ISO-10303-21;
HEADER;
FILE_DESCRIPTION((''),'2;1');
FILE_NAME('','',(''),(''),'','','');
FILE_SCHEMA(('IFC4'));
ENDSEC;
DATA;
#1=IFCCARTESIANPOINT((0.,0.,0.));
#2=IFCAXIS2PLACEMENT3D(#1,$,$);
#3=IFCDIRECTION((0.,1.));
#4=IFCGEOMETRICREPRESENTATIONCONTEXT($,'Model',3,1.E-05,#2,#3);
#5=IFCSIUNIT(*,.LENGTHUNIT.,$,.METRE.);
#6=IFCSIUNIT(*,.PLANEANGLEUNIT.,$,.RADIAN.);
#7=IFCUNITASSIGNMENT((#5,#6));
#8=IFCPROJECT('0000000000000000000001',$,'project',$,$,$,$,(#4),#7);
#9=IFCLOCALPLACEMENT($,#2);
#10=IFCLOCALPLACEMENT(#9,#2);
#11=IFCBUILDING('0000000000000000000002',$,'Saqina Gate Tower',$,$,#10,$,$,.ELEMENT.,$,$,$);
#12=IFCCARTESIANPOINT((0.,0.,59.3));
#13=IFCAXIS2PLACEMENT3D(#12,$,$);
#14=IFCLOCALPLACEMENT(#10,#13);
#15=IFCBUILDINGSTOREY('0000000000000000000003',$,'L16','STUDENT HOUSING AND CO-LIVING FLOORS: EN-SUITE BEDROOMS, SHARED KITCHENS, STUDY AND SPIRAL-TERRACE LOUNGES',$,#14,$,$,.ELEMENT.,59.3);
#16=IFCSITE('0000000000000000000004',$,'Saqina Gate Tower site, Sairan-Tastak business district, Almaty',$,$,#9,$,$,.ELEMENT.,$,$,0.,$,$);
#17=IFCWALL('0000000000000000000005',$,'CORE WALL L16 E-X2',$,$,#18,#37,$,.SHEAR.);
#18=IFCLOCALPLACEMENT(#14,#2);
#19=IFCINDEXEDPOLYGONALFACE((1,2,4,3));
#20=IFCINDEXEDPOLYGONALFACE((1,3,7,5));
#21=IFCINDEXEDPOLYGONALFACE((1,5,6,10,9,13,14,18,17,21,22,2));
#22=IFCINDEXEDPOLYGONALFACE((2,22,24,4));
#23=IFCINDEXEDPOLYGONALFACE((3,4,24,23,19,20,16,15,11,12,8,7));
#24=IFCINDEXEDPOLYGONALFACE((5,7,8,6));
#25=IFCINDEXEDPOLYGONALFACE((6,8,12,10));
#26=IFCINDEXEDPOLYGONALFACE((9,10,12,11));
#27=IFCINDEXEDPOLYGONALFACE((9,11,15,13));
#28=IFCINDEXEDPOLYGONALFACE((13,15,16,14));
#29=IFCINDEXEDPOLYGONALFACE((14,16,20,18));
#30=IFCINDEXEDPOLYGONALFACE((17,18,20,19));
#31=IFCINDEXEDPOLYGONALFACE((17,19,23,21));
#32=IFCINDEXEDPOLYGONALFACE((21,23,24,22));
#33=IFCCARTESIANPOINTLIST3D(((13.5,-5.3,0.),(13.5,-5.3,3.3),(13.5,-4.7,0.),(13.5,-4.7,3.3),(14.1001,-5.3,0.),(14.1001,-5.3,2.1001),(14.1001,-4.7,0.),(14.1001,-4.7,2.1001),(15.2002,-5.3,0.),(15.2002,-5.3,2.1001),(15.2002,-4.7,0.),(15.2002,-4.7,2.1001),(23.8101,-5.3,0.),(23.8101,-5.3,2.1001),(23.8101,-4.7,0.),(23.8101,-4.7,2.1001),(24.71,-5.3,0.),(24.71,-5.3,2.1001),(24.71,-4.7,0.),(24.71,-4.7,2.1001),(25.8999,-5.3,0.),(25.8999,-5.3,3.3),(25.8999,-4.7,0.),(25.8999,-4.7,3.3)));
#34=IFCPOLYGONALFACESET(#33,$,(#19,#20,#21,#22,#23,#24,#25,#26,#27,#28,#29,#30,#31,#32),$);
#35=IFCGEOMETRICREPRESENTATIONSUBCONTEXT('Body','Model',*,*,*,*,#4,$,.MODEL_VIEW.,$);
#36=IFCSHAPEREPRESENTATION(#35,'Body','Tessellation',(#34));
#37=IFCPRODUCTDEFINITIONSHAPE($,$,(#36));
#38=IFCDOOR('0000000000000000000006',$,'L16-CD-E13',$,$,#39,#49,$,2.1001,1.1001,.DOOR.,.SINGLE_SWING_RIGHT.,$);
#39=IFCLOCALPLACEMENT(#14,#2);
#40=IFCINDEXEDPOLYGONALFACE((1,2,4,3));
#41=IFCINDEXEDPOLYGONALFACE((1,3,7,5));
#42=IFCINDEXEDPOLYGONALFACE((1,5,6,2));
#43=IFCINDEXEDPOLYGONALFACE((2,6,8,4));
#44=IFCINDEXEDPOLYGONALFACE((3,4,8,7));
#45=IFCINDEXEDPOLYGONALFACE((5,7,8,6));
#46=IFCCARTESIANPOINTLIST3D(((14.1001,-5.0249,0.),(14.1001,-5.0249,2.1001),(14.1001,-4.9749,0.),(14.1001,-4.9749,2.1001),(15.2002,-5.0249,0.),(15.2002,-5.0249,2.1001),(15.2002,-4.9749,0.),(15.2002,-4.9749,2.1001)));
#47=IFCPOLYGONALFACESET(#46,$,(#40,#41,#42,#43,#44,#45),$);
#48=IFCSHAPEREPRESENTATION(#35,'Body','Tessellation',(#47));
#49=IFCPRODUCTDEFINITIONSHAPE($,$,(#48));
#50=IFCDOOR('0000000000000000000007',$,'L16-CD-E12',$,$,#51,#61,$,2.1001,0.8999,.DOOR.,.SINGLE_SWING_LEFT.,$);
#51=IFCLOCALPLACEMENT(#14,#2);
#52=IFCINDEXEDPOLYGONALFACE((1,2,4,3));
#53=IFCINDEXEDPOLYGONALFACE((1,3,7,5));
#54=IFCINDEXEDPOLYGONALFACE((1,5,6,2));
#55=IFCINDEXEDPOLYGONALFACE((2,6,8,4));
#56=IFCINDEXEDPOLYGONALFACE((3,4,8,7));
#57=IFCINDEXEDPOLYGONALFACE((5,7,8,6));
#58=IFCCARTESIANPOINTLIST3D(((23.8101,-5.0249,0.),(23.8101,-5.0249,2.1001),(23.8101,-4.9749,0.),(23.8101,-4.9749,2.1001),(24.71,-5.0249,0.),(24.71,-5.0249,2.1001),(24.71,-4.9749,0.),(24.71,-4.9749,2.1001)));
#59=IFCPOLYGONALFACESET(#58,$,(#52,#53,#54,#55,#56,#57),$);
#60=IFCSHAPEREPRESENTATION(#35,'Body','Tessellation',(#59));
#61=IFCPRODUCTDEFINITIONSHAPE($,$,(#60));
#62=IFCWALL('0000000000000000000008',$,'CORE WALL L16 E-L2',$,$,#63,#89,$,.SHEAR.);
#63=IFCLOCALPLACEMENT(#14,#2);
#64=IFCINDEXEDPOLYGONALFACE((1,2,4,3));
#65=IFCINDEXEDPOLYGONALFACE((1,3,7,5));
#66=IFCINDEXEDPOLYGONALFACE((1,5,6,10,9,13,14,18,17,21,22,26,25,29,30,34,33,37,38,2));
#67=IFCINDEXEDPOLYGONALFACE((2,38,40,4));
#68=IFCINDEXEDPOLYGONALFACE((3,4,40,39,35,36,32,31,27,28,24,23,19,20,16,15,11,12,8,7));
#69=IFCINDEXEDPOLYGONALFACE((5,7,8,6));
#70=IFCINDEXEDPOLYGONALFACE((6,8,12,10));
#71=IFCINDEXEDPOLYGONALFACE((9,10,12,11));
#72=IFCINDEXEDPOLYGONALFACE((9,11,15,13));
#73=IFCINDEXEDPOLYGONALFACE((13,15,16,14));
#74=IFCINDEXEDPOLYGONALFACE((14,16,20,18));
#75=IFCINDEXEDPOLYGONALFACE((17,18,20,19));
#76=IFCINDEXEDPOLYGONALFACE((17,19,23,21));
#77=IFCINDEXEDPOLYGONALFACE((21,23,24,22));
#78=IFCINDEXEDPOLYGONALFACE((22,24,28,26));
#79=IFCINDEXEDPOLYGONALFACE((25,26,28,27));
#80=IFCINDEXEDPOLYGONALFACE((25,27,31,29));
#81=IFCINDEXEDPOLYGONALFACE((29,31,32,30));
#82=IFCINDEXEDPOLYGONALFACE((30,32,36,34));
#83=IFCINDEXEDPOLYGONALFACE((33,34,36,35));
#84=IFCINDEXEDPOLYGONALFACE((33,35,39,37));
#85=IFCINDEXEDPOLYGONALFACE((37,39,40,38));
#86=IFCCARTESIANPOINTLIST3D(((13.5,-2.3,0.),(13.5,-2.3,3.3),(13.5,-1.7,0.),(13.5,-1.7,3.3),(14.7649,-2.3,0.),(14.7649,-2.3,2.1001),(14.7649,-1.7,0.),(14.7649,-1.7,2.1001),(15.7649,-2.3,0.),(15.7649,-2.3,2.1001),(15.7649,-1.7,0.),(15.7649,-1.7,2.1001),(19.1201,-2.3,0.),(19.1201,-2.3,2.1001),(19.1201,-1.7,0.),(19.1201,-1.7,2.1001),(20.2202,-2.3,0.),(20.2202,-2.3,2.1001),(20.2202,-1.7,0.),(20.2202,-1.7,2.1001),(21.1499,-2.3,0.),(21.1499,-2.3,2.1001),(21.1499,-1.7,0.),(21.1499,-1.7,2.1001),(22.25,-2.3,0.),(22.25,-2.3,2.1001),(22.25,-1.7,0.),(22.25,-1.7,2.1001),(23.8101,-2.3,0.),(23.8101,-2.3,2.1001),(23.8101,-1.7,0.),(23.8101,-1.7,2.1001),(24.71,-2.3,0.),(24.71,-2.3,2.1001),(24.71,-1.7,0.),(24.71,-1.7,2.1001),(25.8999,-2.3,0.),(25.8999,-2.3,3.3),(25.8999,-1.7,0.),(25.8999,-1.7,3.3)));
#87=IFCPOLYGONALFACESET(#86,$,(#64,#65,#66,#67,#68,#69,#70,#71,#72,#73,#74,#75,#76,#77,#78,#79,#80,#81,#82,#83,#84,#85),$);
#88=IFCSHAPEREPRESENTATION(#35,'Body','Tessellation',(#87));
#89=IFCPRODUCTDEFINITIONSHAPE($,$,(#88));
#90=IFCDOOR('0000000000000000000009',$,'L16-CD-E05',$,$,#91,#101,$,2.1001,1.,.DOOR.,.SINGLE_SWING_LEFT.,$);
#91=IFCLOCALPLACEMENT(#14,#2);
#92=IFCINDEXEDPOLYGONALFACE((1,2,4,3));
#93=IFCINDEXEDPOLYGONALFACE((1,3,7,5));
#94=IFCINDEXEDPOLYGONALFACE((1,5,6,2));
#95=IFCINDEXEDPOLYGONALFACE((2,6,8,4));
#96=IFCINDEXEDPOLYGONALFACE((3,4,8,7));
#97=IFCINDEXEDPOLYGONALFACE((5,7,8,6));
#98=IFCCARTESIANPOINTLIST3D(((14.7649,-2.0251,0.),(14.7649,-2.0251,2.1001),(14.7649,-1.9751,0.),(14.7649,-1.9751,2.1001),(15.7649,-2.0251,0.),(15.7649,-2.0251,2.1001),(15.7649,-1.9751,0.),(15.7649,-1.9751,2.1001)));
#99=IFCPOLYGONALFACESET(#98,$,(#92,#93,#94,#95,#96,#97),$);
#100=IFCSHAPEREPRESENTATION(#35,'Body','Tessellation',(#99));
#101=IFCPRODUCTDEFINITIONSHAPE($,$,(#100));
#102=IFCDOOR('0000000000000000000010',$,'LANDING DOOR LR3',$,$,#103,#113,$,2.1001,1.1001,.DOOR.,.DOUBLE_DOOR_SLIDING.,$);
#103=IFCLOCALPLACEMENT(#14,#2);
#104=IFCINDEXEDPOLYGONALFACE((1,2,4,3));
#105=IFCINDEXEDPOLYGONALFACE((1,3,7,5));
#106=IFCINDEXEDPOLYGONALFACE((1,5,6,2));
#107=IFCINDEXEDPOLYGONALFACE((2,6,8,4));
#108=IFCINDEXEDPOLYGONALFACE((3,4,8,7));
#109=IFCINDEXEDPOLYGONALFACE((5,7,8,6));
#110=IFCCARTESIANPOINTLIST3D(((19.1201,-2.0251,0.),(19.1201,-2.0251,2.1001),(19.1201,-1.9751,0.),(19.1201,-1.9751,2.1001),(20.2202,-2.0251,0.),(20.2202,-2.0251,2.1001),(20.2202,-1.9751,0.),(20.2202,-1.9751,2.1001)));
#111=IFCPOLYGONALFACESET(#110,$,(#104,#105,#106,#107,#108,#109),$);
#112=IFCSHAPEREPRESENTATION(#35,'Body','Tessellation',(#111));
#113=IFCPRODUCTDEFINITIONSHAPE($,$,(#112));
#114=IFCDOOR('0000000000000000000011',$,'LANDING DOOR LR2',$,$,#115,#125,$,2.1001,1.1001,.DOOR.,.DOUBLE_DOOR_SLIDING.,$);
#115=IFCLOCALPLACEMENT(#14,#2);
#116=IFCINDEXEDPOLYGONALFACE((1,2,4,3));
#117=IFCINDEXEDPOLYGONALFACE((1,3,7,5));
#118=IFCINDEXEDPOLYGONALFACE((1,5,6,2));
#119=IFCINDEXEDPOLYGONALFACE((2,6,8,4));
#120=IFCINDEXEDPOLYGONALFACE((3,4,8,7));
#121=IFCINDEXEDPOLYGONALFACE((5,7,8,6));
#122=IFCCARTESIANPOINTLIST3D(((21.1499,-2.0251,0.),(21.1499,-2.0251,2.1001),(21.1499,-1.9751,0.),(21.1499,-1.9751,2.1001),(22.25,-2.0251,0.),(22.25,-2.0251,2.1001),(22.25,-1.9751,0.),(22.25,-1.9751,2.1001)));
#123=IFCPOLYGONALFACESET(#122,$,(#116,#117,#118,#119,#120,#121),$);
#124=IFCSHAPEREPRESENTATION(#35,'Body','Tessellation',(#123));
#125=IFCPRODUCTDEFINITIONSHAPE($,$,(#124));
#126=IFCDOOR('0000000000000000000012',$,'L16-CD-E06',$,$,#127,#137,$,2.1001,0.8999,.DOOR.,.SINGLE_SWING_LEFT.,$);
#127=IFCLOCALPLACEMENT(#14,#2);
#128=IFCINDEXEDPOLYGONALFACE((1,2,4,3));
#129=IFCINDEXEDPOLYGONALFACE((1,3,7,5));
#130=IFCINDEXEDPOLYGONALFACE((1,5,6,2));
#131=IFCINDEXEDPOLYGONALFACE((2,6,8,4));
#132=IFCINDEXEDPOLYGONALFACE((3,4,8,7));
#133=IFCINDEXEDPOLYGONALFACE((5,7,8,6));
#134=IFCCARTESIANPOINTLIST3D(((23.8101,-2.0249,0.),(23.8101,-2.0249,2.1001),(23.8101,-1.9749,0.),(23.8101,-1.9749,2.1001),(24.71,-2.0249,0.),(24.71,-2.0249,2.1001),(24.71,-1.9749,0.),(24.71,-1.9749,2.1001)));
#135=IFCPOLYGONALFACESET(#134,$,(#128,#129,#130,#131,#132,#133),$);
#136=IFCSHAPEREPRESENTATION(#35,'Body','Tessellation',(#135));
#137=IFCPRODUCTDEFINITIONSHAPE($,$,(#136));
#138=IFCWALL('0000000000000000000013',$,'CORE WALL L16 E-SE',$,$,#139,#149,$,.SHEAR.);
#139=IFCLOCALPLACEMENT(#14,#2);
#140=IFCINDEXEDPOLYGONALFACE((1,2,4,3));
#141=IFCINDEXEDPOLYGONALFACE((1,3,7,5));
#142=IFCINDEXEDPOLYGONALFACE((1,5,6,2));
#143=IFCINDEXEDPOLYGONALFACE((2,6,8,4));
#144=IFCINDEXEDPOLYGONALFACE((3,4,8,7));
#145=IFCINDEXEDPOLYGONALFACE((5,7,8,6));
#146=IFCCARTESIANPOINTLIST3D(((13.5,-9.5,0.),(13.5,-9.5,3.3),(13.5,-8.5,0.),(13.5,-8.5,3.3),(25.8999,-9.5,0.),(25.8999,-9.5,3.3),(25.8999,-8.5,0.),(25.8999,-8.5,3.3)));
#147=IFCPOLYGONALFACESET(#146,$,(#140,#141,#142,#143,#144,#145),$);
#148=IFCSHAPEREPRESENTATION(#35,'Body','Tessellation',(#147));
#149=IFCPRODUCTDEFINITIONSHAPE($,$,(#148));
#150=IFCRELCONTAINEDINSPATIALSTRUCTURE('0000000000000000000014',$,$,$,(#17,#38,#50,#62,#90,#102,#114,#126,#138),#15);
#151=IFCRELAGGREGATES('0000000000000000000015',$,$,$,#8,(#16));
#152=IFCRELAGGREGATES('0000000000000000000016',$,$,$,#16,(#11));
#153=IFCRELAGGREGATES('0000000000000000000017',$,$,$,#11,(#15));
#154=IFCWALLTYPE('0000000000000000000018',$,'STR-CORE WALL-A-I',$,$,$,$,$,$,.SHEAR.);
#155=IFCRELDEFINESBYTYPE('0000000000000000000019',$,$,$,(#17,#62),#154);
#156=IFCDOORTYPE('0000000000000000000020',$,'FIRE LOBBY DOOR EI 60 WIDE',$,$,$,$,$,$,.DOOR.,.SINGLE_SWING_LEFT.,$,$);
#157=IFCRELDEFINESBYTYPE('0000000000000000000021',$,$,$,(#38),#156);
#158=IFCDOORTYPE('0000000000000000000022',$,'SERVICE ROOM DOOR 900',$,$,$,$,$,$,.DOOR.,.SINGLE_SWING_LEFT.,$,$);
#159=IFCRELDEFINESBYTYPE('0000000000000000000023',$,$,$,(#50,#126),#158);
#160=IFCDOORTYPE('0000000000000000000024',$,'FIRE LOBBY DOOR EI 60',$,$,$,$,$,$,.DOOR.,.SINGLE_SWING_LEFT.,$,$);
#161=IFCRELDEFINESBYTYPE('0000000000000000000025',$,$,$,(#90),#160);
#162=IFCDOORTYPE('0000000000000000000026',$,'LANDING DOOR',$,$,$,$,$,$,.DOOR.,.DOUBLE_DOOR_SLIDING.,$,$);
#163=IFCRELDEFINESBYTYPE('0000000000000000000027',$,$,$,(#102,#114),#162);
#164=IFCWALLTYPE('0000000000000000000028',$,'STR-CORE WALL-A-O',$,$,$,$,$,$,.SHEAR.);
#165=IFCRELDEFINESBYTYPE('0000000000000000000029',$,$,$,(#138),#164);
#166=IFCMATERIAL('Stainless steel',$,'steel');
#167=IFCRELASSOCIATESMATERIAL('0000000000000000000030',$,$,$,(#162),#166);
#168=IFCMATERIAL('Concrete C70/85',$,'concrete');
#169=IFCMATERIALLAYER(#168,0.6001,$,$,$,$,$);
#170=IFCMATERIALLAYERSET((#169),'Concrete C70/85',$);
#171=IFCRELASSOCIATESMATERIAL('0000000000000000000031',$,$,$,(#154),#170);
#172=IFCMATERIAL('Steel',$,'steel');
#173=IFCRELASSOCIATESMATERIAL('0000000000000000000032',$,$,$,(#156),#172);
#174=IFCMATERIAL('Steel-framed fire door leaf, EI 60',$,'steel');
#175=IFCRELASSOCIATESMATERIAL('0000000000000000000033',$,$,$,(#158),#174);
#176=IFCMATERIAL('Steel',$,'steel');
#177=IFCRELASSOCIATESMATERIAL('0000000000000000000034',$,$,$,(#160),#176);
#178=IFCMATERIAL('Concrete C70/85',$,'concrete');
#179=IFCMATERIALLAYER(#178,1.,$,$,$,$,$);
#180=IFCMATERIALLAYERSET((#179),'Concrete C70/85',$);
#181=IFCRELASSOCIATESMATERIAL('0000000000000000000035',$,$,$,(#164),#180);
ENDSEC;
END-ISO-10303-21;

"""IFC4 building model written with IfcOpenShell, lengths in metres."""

from ifc_helpers import new_model, si_unit, direction, frame, frame_2d, origin, place, context, subcontext, project, spatial, rectangle, extrude, material, layer, layer_set, type_object, element, fill, save


model = new_model("IFC4")

# Units and contexts
model_context = context("Model", 3, precision=1e-05, world=origin(), true_north=direction((0.0, 1.0)))
body_context = subcontext(model_context, "Body", "Model", "MODEL_VIEW")
ifc_project = project(units=[si_unit("LENGTHUNIT", "METRE"), si_unit("PLANEANGLEUNIT", "RADIAN")], contexts=[model_context])

# Site, building, storey
site_placement = place(None, origin())
site = spatial("IfcSite", under=ifc_project, at=site_placement, Name="Saqina Gate Tower site, Sairan-Tastak business district, Almaty", CompositionType="ELEMENT", RefElevation=0.0)
building_placement = place(site_placement, origin())
building = spatial("IfcBuilding", under=site, at=building_placement, Name="Saqina Gate Tower", CompositionType="ELEMENT")
storey_placement = place(building_placement, frame((0.0, 0.0, 59.3)))
storey = spatial("IfcBuildingStorey", under=building, at=storey_placement, Name="L16", Description="STUDENT HOUSING AND CO-LIVING FLOORS: EN-SUITE BEDROOMS, SHARED KITCHENS, STUDY AND SPIRAL-TERRACE LOUNGES", CompositionType="ELEMENT", Elevation=59.3)

# Shared definitions
ifc_material_1 = material(Name="Stainless steel", Category="steel")
door_type_1 = type_object("IfcDoorType", Name="LANDING DOOR", OperationType="DOUBLE_DOOR_SLIDING", PredefinedType="DOOR", material=ifc_material_1)

# Walls, openings, doors
ifc_material_2 = material(Name="Concrete C70/85", Category="concrete")
ifc_layer_1 = layer(ifc_material_2, 0.6001)
ifc_layer_set_1 = layer_set([ifc_layer_1], Name="Concrete C70/85")
wall_type_1 = type_object("IfcWallType", Name="STR-CORE WALL-A-I", PredefinedType="SHEAR", material=ifc_layer_set_1)
wall_1_placement = place(storey_placement, frame((13.5, -5.0, 0.0), z_axis=(0.0, 0.0, 1.0), x_axis=(1.0, 0.0, 0.0)))
wall_1 = element("IfcWall", 1, at=wall_1_placement, inside=storey, type_object=wall_type_1, Name="CORE WALL L16 E-X2", PredefinedType="SHEAR", context=body_context, shape_type="SweptSolid", body=[
    extrude(rectangle(XDim=12.3999, YDim=0.6001, at=frame_2d((6.2, 0.0))), origin(), (0.0, 0.0, 1.0), 3.3),
])
opening_1_placement = place(wall_1_placement, frame((10.3101, 0.0, 0.0)))
opening_1 = element("IfcOpeningElement", 2, at=opening_1_placement, cuts=wall_1, PredefinedType="OPENING", context=body_context, shape_type="SweptSolid", body=[
    extrude(rectangle(XDim=0.8999, YDim=2.1001, at=frame_2d((0.45, 1.05))), frame((0.0, 0.312, 0.0), z_axis=(0.0, -1.0, 0.0), x_axis=(1.0, 0.0, 0.0)), (0.0, 0.0, 1.0), 0.624),
])
opening_2_placement = place(wall_1_placement, frame((0.6001, 0.0, 0.0)))
opening_2 = element("IfcOpeningElement", 3, at=opening_2_placement, cuts=wall_1, PredefinedType="OPENING", context=body_context, shape_type="SweptSolid", body=[
    extrude(rectangle(XDim=1.1001, YDim=2.1001, at=frame_2d((0.55, 1.05))), frame((0.0, 0.312, 0.0), z_axis=(0.0, -1.0, 0.0), x_axis=(1.0, 0.0, 0.0)), (0.0, 0.0, 1.0), 0.624),
])
ifc_material_3 = material(Name="Steel", Category="steel")
door_type_2 = type_object("IfcDoorType", Name="FIRE LOBBY DOOR EI 60 WIDE", OperationType="SINGLE_SWING_LEFT", PredefinedType="DOOR", material=ifc_material_3)
door_1_placement = place(opening_2_placement, frame((1.1001, 0.0, 0.0), z_axis=(0.0, 0.0, 1.0), x_axis=(-1.0, 0.0, 0.0)))
door_1 = element("IfcDoor", 4, at=door_1_placement, inside=storey, type_object=door_type_2, Name="L16-CD-E13", OperationType="SINGLE_SWING_RIGHT", OverallHeight=2.1001, OverallWidth=1.1001, PredefinedType="DOOR", context=body_context, shape_type="SweptSolid", body=[
    extrude(rectangle(XDim=1.1001, YDim=2.1001, at=frame_2d((0.55, 1.05))), frame((0.0, 0.0249, 0.0), z_axis=(0.0, -1.0, 0.0), x_axis=(1.0, 0.0, 0.0)), (0.0, 0.0, 1.0), 0.05),
])
fill(opening_2, door_1)
ifc_material_4 = material(Name="Steel-framed fire door leaf, EI 60", Category="steel")
door_type_3 = type_object("IfcDoorType", Name="SERVICE ROOM DOOR 900", OperationType="SINGLE_SWING_LEFT", PredefinedType="DOOR", material=ifc_material_4)
door_2_placement = place(opening_1_placement, frame((0.8999, 0.0, 0.0), z_axis=(0.0, 0.0, 1.0), x_axis=(-1.0, 0.0, 0.0)))
door_2 = element("IfcDoor", 5, at=door_2_placement, inside=storey, type_object=door_type_3, Name="L16-CD-E12", OperationType="SINGLE_SWING_LEFT", OverallHeight=2.1001, OverallWidth=0.8999, PredefinedType="DOOR", context=body_context, shape_type="SweptSolid", body=[
    extrude(rectangle(XDim=0.8999, YDim=2.1001, at=frame_2d((0.45, 1.05))), frame((0.0, 0.0249, 0.0), z_axis=(0.0, -1.0, 0.0), x_axis=(1.0, 0.0, 0.0)), (0.0, 0.0, 1.0), 0.05),
])
fill(opening_1, door_2)
wall_2_placement = place(storey_placement, frame((13.5, -2.0, 0.0), z_axis=(0.0, 0.0, 1.0), x_axis=(1.0, 0.0, 0.0)))
wall_2 = element("IfcWall", 6, at=wall_2_placement, inside=storey, type_object=wall_type_1, Name="CORE WALL L16 E-L2", PredefinedType="SHEAR", context=body_context, shape_type="SweptSolid", body=[
    extrude(rectangle(XDim=12.3999, YDim=0.6001, at=frame_2d((6.2, 0.0))), origin(), (0.0, 0.0, 1.0), 3.3),
])
opening_3_placement = place(wall_2_placement, frame((5.6201, 0.0, 0.0)))
opening_3 = element("IfcOpeningElement", 7, at=opening_3_placement, cuts=wall_2, PredefinedType="OPENING", context=body_context, shape_type="SweptSolid", body=[
    extrude(rectangle(XDim=1.1001, YDim=2.1001, at=frame_2d((0.55, 1.05))), frame((0.0, 0.312, 0.0), z_axis=(0.0, -1.0, 0.0), x_axis=(1.0, 0.0, 0.0)), (0.0, 0.0, 1.0), 0.624),
])
opening_4_placement = place(wall_2_placement, frame((7.6499, 0.0, 0.0)))
opening_4 = element("IfcOpeningElement", 8, at=opening_4_placement, cuts=wall_2, PredefinedType="OPENING", context=body_context, shape_type="SweptSolid", body=[
    extrude(rectangle(XDim=1.1001, YDim=2.1001, at=frame_2d((0.55, 1.05))), frame((0.0, 0.312, 0.0), z_axis=(0.0, -1.0, 0.0), x_axis=(1.0, 0.0, 0.0)), (0.0, 0.0, 1.0), 0.624),
])
opening_5_placement = place(wall_2_placement, frame((1.2649, 0.0, 0.0)))
opening_5 = element("IfcOpeningElement", 9, at=opening_5_placement, cuts=wall_2, PredefinedType="OPENING", context=body_context, shape_type="SweptSolid", body=[
    extrude(rectangle(XDim=1.0, YDim=2.1001, at=frame_2d((0.5, 1.05))), frame((0.0, 0.312, 0.0), z_axis=(0.0, -1.0, 0.0), x_axis=(1.0, 0.0, 0.0)), (0.0, 0.0, 1.0), 0.624),
])
opening_6_placement = place(wall_2_placement, frame((10.3101, 0.0, 0.0)))
opening_6 = element("IfcOpeningElement", 10, at=opening_6_placement, cuts=wall_2, PredefinedType="OPENING", context=body_context, shape_type="SweptSolid", body=[
    extrude(rectangle(XDim=0.8999, YDim=2.1001, at=frame_2d((0.45, 1.05))), frame((0.0, 0.312, 0.0), z_axis=(0.0, -1.0, 0.0), x_axis=(1.0, 0.0, 0.0)), (0.0, 0.0, 1.0), 0.624),
])
ifc_material_5 = material(Name="Steel", Category="steel")
door_type_4 = type_object("IfcDoorType", Name="FIRE LOBBY DOOR EI 60", OperationType="SINGLE_SWING_LEFT", PredefinedType="DOOR", material=ifc_material_5)
door_3_placement = place(opening_5_placement, origin())
door_3 = element("IfcDoor", 11, at=door_3_placement, inside=storey, type_object=door_type_4, Name="L16-CD-E05", OperationType="SINGLE_SWING_LEFT", OverallHeight=2.1001, OverallWidth=1.0, PredefinedType="DOOR", context=body_context, shape_type="SweptSolid", body=[
    extrude(rectangle(XDim=1.0, YDim=2.1001, at=frame_2d((0.5, 1.05))), frame((0.0, 0.0249, 0.0), z_axis=(0.0, -1.0, 0.0), x_axis=(1.0, 0.0, 0.0)), (0.0, 0.0, 1.0), 0.05),
])
fill(opening_5, door_3)
door_4_placement = place(opening_3_placement, origin())
door_4 = element("IfcDoor", 12, at=door_4_placement, inside=storey, type_object=door_type_1, Name="LANDING DOOR LR3", OperationType="DOUBLE_DOOR_SLIDING", OverallHeight=2.1001, OverallWidth=1.1001, PredefinedType="DOOR", context=body_context, shape_type="SweptSolid", body=[
    extrude(rectangle(XDim=1.1001, YDim=2.1001, at=frame_2d((0.55, 1.05))), frame((0.0, 0.0249, 0.0), z_axis=(0.0, -1.0, 0.0), x_axis=(1.0, 0.0, 0.0)), (0.0, 0.0, 1.0), 0.05),
])
fill(opening_3, door_4)
door_5_placement = place(opening_4_placement, origin())
door_5 = element("IfcDoor", 13, at=door_5_placement, inside=storey, type_object=door_type_1, Name="LANDING DOOR LR2", OperationType="DOUBLE_DOOR_SLIDING", OverallHeight=2.1001, OverallWidth=1.1001, PredefinedType="DOOR", context=body_context, shape_type="SweptSolid", body=[
    extrude(rectangle(XDim=1.1001, YDim=2.1001, at=frame_2d((0.55, 1.05))), frame((0.0, 0.0249, 0.0), z_axis=(0.0, -1.0, 0.0), x_axis=(1.0, 0.0, 0.0)), (0.0, 0.0, 1.0), 0.05),
])
fill(opening_4, door_5)
door_6_placement = place(opening_6_placement, frame((0.8999, 0.0, 0.0), z_axis=(0.0, 0.0, 1.0), x_axis=(-1.0, 0.0, 0.0)))
door_6 = element("IfcDoor", 14, at=door_6_placement, inside=storey, type_object=door_type_3, Name="L16-CD-E06", OperationType="SINGLE_SWING_LEFT", OverallHeight=2.1001, OverallWidth=0.8999, PredefinedType="DOOR", context=body_context, shape_type="SweptSolid", body=[
    extrude(rectangle(XDim=0.8999, YDim=2.1001, at=frame_2d((0.45, 1.05))), frame((0.0, 0.0249, 0.0), z_axis=(0.0, -1.0, 0.0), x_axis=(1.0, 0.0, 0.0)), (0.0, 0.0, 1.0), 0.05),
])
fill(opening_6, door_6)
ifc_material_6 = material(Name="Concrete C70/85", Category="concrete")
ifc_layer_2 = layer(ifc_material_6, 1.0)
ifc_layer_set_2 = layer_set([ifc_layer_2], Name="Concrete C70/85")
wall_type_2 = type_object("IfcWallType", Name="STR-CORE WALL-A-O", PredefinedType="SHEAR", material=ifc_layer_set_2)

# Wall
wall_3_placement = place(storey_placement, frame((13.5, -9.0, 0.0), z_axis=(0.0, 0.0, 1.0), x_axis=(1.0, 0.0, 0.0)))
element("IfcWall", 15, at=wall_3_placement, inside=storey, type_object=wall_type_2, Name="CORE WALL L16 E-SE", PredefinedType="SHEAR", context=body_context, shape_type="SweptSolid", body=[
    extrude(rectangle(XDim=12.3999, YDim=1.0, at=frame_2d((6.2, 0.0))), origin(), (0.0, 0.0, 1.0), 3.3),
])

save(model, "model.ifc")
